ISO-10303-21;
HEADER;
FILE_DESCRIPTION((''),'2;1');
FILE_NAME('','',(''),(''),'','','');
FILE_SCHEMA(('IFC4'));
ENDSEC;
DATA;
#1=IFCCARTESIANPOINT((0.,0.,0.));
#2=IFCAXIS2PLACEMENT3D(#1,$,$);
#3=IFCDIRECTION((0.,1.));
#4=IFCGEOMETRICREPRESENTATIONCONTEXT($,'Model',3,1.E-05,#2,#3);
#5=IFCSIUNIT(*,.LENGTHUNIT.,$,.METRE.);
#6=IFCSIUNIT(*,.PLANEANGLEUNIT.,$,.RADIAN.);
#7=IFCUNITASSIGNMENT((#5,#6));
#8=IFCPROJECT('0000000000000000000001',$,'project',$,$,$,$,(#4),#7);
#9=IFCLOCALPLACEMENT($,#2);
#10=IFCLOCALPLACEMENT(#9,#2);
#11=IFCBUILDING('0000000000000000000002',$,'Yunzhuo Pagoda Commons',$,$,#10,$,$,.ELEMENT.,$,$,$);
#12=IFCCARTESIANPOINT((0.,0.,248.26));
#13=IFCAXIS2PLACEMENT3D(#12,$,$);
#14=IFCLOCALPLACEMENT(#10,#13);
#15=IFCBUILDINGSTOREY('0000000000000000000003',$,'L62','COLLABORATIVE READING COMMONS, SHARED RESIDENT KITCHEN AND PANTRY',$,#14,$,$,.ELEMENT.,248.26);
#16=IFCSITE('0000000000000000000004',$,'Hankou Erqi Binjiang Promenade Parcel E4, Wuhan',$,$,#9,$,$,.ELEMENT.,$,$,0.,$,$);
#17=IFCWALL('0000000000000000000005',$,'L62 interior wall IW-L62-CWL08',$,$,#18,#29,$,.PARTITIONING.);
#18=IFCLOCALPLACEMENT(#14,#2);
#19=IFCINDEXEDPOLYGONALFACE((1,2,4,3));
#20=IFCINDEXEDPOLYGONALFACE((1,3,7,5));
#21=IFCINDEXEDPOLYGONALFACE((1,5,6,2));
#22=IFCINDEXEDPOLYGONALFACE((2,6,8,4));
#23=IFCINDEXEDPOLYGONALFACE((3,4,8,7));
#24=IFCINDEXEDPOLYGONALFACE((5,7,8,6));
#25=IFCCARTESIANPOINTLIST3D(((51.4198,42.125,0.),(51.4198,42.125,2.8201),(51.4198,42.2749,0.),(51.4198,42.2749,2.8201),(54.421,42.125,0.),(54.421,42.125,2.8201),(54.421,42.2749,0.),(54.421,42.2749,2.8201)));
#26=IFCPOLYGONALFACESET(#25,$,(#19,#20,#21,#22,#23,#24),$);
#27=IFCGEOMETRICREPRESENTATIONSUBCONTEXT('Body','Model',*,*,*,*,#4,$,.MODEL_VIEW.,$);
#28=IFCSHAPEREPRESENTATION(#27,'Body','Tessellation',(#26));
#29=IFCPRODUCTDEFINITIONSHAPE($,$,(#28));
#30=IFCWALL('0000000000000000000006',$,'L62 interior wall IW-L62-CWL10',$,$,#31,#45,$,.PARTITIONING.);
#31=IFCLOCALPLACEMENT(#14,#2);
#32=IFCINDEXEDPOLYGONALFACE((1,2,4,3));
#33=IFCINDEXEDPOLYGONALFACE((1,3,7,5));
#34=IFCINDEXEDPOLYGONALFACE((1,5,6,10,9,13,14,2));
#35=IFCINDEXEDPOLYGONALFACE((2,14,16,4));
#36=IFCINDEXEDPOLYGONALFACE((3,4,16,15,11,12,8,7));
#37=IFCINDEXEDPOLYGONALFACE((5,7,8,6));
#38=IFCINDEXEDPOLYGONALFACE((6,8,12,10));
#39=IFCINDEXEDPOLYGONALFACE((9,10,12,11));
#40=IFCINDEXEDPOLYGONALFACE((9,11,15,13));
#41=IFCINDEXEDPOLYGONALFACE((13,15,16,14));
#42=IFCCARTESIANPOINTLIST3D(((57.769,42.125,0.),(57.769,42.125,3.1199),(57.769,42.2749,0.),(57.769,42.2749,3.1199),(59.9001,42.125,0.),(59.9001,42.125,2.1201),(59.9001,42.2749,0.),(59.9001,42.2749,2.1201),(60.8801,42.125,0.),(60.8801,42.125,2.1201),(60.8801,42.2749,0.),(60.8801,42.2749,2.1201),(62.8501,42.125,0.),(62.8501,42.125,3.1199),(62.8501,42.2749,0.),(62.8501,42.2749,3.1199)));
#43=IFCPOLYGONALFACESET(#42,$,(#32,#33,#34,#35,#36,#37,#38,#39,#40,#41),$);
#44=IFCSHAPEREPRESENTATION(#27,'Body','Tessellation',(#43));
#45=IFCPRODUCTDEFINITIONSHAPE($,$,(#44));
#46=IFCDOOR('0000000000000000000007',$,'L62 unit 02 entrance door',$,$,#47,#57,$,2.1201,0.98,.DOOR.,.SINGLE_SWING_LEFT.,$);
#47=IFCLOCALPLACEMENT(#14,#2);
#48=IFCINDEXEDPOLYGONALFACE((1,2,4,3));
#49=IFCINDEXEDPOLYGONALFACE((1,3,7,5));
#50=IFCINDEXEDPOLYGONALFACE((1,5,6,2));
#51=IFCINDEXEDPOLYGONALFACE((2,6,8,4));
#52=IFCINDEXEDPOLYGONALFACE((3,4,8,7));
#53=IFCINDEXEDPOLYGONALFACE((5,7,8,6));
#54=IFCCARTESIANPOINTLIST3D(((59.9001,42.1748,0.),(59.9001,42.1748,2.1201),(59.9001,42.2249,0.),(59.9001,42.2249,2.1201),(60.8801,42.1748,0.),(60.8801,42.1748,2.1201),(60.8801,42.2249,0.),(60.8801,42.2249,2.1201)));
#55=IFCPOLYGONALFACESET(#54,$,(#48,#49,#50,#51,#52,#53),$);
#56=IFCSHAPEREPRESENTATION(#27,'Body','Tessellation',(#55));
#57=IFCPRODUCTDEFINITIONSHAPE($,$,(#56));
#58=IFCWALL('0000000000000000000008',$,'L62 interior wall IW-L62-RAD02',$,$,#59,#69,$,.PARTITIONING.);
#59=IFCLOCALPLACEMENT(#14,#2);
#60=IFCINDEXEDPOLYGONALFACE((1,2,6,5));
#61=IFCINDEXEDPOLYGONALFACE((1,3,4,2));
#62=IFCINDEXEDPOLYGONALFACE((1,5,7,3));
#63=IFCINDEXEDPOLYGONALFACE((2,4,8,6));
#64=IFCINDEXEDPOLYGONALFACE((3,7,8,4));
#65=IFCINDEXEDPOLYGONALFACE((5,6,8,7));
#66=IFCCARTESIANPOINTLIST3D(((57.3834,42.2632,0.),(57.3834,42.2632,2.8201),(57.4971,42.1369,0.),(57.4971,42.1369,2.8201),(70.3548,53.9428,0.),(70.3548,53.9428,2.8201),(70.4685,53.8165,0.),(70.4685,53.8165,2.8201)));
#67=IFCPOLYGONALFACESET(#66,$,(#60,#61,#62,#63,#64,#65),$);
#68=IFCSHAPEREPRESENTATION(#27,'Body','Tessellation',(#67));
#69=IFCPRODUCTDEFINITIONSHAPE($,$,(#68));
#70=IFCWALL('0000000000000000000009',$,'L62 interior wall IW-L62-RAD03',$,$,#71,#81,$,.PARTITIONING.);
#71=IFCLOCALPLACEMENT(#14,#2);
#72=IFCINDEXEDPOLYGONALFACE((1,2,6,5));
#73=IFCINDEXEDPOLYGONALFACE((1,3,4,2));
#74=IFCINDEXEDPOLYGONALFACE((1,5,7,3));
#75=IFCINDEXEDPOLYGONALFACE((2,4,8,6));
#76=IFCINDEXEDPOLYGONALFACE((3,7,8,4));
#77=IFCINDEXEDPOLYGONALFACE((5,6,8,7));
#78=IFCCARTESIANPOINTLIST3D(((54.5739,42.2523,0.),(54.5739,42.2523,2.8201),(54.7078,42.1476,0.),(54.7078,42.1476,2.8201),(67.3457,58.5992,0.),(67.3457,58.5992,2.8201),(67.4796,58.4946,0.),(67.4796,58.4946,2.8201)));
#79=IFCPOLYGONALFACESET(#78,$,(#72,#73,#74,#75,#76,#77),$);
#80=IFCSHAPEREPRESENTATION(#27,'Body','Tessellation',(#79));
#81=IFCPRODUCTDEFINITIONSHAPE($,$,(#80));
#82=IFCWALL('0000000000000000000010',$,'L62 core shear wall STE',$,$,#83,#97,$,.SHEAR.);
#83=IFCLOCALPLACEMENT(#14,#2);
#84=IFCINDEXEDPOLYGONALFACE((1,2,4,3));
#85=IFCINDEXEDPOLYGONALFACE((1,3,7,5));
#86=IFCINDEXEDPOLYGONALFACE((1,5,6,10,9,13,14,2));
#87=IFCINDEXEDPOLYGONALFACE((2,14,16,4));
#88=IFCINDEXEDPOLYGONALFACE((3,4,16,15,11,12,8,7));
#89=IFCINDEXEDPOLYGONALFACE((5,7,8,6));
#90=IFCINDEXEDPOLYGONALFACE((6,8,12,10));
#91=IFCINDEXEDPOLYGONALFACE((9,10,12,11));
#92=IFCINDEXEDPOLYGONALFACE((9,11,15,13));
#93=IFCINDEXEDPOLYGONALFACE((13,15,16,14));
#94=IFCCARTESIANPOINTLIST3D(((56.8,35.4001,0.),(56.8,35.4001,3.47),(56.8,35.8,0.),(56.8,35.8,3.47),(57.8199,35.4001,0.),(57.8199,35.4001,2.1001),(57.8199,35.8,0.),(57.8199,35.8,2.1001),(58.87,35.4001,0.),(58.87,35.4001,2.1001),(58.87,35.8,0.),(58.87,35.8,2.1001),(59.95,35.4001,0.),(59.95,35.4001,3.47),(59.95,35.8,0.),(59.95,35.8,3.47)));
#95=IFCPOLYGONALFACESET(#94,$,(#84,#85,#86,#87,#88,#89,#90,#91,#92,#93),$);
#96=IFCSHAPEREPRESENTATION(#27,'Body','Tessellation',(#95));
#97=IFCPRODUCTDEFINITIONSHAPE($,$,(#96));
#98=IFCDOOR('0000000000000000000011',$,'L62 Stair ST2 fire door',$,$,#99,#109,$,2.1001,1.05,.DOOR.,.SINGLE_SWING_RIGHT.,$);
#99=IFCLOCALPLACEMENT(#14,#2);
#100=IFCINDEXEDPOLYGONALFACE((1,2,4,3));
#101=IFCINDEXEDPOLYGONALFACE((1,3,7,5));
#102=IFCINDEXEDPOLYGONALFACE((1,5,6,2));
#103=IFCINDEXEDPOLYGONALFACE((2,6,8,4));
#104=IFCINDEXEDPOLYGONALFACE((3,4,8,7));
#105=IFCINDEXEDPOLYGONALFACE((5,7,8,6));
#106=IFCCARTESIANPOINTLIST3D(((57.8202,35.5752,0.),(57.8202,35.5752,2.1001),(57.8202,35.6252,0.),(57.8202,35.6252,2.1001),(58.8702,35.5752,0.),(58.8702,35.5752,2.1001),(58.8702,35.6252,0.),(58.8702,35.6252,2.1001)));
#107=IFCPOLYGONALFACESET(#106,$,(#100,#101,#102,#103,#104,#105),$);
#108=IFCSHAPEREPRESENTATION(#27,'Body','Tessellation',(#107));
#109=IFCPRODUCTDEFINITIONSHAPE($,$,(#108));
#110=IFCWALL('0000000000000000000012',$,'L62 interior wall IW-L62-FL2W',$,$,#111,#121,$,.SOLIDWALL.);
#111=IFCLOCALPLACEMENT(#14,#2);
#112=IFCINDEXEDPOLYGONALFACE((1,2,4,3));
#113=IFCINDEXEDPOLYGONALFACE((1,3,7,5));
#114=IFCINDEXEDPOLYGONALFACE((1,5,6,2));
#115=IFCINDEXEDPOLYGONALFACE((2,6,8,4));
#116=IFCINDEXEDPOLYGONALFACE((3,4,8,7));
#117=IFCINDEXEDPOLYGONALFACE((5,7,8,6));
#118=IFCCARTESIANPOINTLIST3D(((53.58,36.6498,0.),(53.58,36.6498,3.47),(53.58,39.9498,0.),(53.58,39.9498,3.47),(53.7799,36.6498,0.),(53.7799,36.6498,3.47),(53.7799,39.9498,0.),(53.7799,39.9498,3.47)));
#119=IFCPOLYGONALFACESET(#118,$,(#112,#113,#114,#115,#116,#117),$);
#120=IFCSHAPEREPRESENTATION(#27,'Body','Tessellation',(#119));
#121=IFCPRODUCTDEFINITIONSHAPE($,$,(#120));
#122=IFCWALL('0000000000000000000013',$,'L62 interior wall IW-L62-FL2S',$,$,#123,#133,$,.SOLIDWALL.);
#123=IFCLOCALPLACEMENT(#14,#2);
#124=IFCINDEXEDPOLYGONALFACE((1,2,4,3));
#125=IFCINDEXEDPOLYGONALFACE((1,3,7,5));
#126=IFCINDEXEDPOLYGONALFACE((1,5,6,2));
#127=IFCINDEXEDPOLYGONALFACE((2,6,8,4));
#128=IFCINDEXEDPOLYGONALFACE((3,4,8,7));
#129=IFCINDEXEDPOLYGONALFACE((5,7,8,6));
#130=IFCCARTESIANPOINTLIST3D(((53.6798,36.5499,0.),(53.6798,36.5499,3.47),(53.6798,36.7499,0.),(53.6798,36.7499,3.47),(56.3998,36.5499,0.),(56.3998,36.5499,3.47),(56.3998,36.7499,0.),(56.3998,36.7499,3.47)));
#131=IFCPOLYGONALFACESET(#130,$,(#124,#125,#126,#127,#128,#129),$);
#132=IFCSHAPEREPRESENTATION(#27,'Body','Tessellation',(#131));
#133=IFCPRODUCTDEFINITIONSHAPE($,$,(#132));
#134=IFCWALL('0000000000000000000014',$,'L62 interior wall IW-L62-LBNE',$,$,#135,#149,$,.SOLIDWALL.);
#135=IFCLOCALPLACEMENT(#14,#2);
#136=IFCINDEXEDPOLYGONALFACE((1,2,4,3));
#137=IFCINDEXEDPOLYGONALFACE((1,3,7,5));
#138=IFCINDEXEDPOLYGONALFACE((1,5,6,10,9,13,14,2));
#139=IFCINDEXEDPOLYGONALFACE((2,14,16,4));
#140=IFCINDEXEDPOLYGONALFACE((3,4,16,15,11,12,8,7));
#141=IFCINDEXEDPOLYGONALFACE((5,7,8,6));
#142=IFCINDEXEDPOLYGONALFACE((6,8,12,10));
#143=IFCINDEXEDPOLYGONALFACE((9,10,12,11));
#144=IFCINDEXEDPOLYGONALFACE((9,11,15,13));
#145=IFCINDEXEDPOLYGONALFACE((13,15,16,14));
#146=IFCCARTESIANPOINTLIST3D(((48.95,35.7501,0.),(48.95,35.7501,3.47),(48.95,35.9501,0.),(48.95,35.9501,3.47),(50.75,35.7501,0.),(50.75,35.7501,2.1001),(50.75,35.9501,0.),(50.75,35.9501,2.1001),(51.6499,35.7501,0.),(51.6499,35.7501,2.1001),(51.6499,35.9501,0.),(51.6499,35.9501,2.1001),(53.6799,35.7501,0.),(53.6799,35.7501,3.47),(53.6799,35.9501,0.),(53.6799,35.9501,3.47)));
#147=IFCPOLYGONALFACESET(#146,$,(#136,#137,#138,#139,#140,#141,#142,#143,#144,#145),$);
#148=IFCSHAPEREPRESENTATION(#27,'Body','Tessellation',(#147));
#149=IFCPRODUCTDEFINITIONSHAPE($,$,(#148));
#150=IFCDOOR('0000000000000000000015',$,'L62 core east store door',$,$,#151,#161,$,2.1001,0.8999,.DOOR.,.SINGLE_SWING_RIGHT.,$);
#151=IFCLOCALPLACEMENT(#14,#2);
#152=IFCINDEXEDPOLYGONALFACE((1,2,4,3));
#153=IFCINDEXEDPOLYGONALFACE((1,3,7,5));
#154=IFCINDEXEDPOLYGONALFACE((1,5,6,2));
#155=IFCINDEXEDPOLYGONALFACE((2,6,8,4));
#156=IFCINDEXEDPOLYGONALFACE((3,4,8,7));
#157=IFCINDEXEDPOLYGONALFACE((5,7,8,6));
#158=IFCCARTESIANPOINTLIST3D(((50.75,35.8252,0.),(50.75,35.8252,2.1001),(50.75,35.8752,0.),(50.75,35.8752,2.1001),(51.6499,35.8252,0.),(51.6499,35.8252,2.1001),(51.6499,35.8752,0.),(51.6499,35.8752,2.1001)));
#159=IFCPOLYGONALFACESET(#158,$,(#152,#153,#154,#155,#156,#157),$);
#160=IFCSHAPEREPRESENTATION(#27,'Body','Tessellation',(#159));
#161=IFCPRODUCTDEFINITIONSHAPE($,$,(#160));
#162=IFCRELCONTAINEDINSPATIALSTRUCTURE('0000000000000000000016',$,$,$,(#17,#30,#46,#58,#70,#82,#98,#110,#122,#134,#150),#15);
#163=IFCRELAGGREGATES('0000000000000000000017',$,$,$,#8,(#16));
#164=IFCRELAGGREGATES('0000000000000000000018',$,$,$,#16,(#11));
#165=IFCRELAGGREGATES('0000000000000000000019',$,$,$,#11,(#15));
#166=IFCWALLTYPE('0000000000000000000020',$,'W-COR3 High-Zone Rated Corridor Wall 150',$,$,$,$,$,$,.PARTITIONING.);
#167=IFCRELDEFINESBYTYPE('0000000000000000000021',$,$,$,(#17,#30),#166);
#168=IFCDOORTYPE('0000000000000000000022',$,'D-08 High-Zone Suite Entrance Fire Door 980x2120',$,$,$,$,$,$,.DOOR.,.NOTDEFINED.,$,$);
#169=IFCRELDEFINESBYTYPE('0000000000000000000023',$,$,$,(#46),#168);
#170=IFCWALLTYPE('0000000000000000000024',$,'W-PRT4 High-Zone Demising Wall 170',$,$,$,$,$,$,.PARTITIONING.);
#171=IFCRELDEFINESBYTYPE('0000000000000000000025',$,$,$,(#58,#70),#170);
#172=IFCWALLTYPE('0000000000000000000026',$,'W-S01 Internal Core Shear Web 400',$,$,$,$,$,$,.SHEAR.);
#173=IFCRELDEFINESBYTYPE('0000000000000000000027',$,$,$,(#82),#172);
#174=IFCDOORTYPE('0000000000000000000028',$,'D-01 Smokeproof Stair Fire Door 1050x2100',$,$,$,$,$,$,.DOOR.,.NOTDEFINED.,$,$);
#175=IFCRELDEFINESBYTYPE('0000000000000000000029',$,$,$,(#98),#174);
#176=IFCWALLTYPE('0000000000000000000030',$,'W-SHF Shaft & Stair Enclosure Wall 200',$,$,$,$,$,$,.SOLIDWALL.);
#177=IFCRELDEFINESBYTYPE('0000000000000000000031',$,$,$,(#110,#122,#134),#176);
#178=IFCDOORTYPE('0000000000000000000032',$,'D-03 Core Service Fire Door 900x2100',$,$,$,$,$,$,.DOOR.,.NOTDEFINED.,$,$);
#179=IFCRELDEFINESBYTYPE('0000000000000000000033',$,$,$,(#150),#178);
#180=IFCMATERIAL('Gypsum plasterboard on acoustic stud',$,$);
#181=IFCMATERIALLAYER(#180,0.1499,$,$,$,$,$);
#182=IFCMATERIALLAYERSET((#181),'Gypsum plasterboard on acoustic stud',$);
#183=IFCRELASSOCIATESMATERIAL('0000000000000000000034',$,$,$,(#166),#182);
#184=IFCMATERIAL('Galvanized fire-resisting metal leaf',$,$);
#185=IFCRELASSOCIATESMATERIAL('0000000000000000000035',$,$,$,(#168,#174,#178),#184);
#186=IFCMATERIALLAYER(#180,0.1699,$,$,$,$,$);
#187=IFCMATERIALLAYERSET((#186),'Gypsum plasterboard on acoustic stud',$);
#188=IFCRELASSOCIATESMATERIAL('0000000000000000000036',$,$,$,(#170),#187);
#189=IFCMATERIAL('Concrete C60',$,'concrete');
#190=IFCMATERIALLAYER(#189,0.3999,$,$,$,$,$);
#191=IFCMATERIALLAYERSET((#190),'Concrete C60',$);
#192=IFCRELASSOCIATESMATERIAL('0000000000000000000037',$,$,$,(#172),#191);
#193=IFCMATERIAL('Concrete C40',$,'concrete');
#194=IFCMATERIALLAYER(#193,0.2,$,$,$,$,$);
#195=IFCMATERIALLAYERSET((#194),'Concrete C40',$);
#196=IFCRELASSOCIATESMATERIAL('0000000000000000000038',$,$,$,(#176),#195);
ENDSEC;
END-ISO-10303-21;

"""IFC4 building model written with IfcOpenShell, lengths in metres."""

from ifc_helpers import new_model, si_unit, direction, frame, frame_2d, origin, origin_with_axes, place, context, subcontext, project, spatial, rectangle, extrude, source, transform, mapped, material, layer, layer_set, type_object, element, fill, save


model = new_model("IFC4")

# Units and contexts
model_context = context("Model", 3, precision=1e-05, world=origin(), true_north=direction((0.0, 1.0)))
body_context = subcontext(model_context, "Body", "Model", "MODEL_VIEW")
ifc_project = project(units=[si_unit("LENGTHUNIT", "METRE"), si_unit("PLANEANGLEUNIT", "RADIAN")], contexts=[model_context])

# Site, building, storey
site_placement = place(None, origin())
site = spatial("IfcSite", under=ifc_project, at=site_placement, Name="Hankou Erqi Binjiang Promenade Parcel E4, Wuhan", CompositionType="ELEMENT", RefElevation=0.0)
building_placement = place(site_placement, origin())
building = spatial("IfcBuilding", under=site, at=building_placement, Name="Yunzhuo Pagoda Commons", CompositionType="ELEMENT")
storey_placement = place(building_placement, frame((0.0, 0.0, 248.26)))
storey = spatial("IfcBuildingStorey", under=building, at=storey_placement, Name="L62", Description="COLLABORATIVE READING COMMONS, SHARED RESIDENT KITCHEN AND PANTRY", CompositionType="ELEMENT", Elevation=248.26)

# Shared definitions
ifc_material_1 = material(Name="Galvanized fire-resisting metal leaf")
shared_shape_1 = source(origin(), body_context, "Body", "SweptSolid", [
    extrude(rectangle(XDim=1.05, YDim=2.1001, at=frame_2d((0.5249, 1.05))), frame((0.0, 0.0249, 0.0), z_axis=(0.0, -1.0, 0.0), x_axis=(1.0, 0.0, 0.0)), (0.0, 0.0, 1.0), 0.05),
])

# Wall
ifc_material_2 = material(Name="Gypsum plasterboard on acoustic stud")
ifc_layer_1 = layer(ifc_material_2, 0.1499)
ifc_layer_set_1 = layer_set([ifc_layer_1], Name="Gypsum plasterboard on acoustic stud")
wall_type_1 = type_object("IfcWallType", Name="W-COR3 High-Zone Rated Corridor Wall 150", PredefinedType="PARTITIONING", material=ifc_layer_set_1)
wall_1_placement = place(storey_placement, frame((51.4199, 42.2, 0.0), z_axis=(0.0, 0.0, 1.0), x_axis=(1.0, 0.0, 0.0)))
element("IfcWall", 1, at=wall_1_placement, inside=storey, type_object=wall_type_1, Name="L62 interior wall IW-L62-CWL08", PredefinedType="PARTITIONING", context=body_context, shape_type="SweptSolid", body=[
    extrude(rectangle(XDim=3.0012, YDim=0.1499, at=frame_2d((1.5005, 0.0))), origin(), (0.0, 0.0, 1.0), 2.8201),
])

# Wall, opening, door
door_type_1 = type_object("IfcDoorType", Name="D-08 High-Zone Suite Entrance Fire Door 980x2120", OperationType="NOTDEFINED", PredefinedType="DOOR", material=ifc_material_1)
shared_shape_2 = source(origin(), body_context, "Body", "SweptSolid", [
    extrude(rectangle(XDim=0.98, YDim=2.1201, at=frame_2d((0.49, 1.0601))), frame((0.0, 0.0249, 0.0), z_axis=(0.0, -1.0, 0.0), x_axis=(1.0, 0.0, 0.0)), (0.0, 0.0, 1.0), 0.05),
])
wall_2_placement = place(storey_placement, frame((57.769, 42.2, 0.0), z_axis=(0.0, 0.0, 1.0), x_axis=(1.0, 0.0, 0.0)))
wall_2 = element("IfcWall", 2, at=wall_2_placement, inside=storey, type_object=wall_type_1, Name="L62 interior wall IW-L62-CWL10", PredefinedType="PARTITIONING", context=body_context, shape_type="SweptSolid", body=[
    extrude(rectangle(XDim=5.0811, YDim=0.1499, at=frame_2d((2.5405, 0.0))), origin(), (0.0, 0.0, 1.0), 3.1199),
])
opening_1_placement = place(wall_2_placement, frame((2.1311, 0.0, 0.0)))
opening_1 = element("IfcOpeningElement", 3, at=opening_1_placement, cuts=wall_2, PredefinedType="OPENING", context=body_context, shape_type="SweptSolid", body=[
    extrude(rectangle(XDim=0.98, YDim=2.1201, at=frame_2d((0.49, 1.0601))), frame((0.0, 0.085, 0.0), z_axis=(0.0, -1.0, 0.0), x_axis=(1.0, 0.0, 0.0)), (0.0, 0.0, 1.0), 0.1699),
])
door_1_placement = place(opening_1_placement, origin_with_axes())
door_1 = element("IfcDoor", 4, at=door_1_placement, inside=storey, type_object=door_type_1, Name="L62 unit 02 entrance door", OperationType="SINGLE_SWING_LEFT", OverallHeight=2.1201, OverallWidth=0.98, PredefinedType="DOOR", context=body_context, shape_type="MappedRepresentation", body=[
    mapped(shared_shape_2, transform((0.0, 0.0, 0.0), scale=1.0)),
])
fill(opening_1, door_1)

# Walls
ifc_layer_2 = layer(ifc_material_2, 0.1699)
ifc_layer_set_2 = layer_set([ifc_layer_2], Name="Gypsum plasterboard on acoustic stud")
wall_type_2 = type_object("IfcWallType", Name="W-PRT4 High-Zone Demising Wall 170", PredefinedType="PARTITIONING", material=ifc_layer_set_2)
wall_3_placement = place(storey_placement, frame((57.4402, 42.2, 0.0), z_axis=(0.0, 0.0, 1.0), x_axis=(0.74314, 0.669135, 0.0)))
element("IfcWall", 5, at=wall_3_placement, inside=storey, type_object=wall_type_2, Name="L62 interior wall IW-L62-RAD02", PredefinedType="PARTITIONING", context=body_context, shape_type="SweptSolid", body=[
    extrude(rectangle(XDim=17.4548, YDim=0.1699, at=frame_2d((8.7275, 0.0))), origin(), (0.0, 0.0, 1.0), 2.8201),
])
wall_4_placement = place(storey_placement, frame((54.6409, 42.2, 0.0), z_axis=(0.0, 0.0, 1.0), x_axis=(0.615665, 0.788008, 0.0)))
element("IfcWall", 6, at=wall_4_placement, inside=storey, type_object=wall_type_2, Name="L62 interior wall IW-L62-RAD03", PredefinedType="PARTITIONING", context=body_context, shape_type="SweptSolid", body=[
    extrude(rectangle(XDim=20.7446, YDim=0.1699, at=frame_2d((10.3723, 0.0))), origin(), (0.0, 0.0, 1.0), 2.8201),
])

# Wall, opening, door
ifc_material_3 = material(Name="Concrete C60", Category="concrete")
ifc_layer_3 = layer(ifc_material_3, 0.3999)
ifc_layer_set_3 = layer_set([ifc_layer_3], Name="Concrete C60")
wall_type_3 = type_object("IfcWallType", Name="W-S01 Internal Core Shear Web 400", PredefinedType="SHEAR", material=ifc_layer_set_3)
wall_5_placement = place(storey_placement, frame((56.8, 35.6001, 0.0), z_axis=(0.0, 0.0, 1.0), x_axis=(1.0, 0.0, 0.0)))
wall_5 = element("IfcWall", 7, at=wall_5_placement, inside=storey, type_object=wall_type_3, Name="L62 core shear wall STE", PredefinedType="SHEAR", context=body_context, shape_type="SweptSolid", body=[
    extrude(rectangle(XDim=3.1499, YDim=0.3999, at=frame_2d((1.575, 0.0))), origin(), (0.0, 0.0, 1.0), 3.47),
])
opening_2_placement = place(wall_5_placement, frame((1.02, 0.0, 0.0)))
opening_2 = element("IfcOpeningElement", 8, at=opening_2_placement, cuts=wall_5, PredefinedType="OPENING", context=body_context, shape_type="SweptSolid", body=[
    extrude(rectangle(XDim=1.05, YDim=2.1001, at=frame_2d((0.5249, 1.05))), frame((0.0, 0.21, 0.0), z_axis=(0.0, -1.0, 0.0), x_axis=(1.0, 0.0, 0.0)), (0.0, 0.0, 1.0), 0.4199),
])
door_type_2 = type_object("IfcDoorType", Name="D-01 Smokeproof Stair Fire Door 1050x2100", OperationType="NOTDEFINED", PredefinedType="DOOR", material=ifc_material_1)
door_2_placement = place(opening_2_placement, frame((1.05, 0.0, 0.0), z_axis=(0.0, 0.0, 1.0), x_axis=(-1.0, 0.0, 0.0)))
door_2 = element("IfcDoor", 9, at=door_2_placement, inside=storey, type_object=door_type_2, Name="L62 Stair ST2 fire door", OperationType="SINGLE_SWING_RIGHT", OverallHeight=2.1001, OverallWidth=1.05, PredefinedType="DOOR", context=body_context, shape_type="MappedRepresentation", body=[
    mapped(shared_shape_1, transform((0.0, 0.0, 0.0), scale=1.0)),
])
fill(opening_2, door_2)

# Walls
ifc_material_4 = material(Name="Concrete C40", Category="concrete")
ifc_layer_4 = layer(ifc_material_4, 0.2)
ifc_layer_set_4 = layer_set([ifc_layer_4], Name="Concrete C40")
wall_type_4 = type_object("IfcWallType", Name="W-SHF Shaft & Stair Enclosure Wall 200", PredefinedType="SOLIDWALL", material=ifc_layer_set_4)
wall_6_placement = place(storey_placement, frame((53.6799, 36.6499, 0.0), z_axis=(0.0, 0.0, 1.0), x_axis=(0.0, 1.0, 0.0)))
element("IfcWall", 10, at=wall_6_placement, inside=storey, type_object=wall_type_4, Name="L62 interior wall IW-L62-FL2W", PredefinedType="SOLIDWALL", context=body_context, shape_type="SweptSolid", body=[
    extrude(rectangle(XDim=3.3, YDim=0.2, at=frame_2d((1.6499, 0.0))), origin(), (0.0, 0.0, 1.0), 3.47),
])
wall_7_placement = place(storey_placement, frame((53.6799, 36.6499, 0.0), z_axis=(0.0, 0.0, 1.0), x_axis=(1.0, 0.0, 0.0)))
element("IfcWall", 11, at=wall_7_placement, inside=storey, type_object=wall_type_4, Name="L62 interior wall IW-L62-FL2S", PredefinedType="SOLIDWALL", context=body_context, shape_type="SweptSolid", body=[
    extrude(rectangle(XDim=2.72, YDim=0.2, at=frame_2d((1.3599, 0.0))), origin(), (0.0, 0.0, 1.0), 3.47),
])

# Wall, opening, door
wall_8_placement = place(storey_placement, frame((48.95, 35.8501, 0.0), z_axis=(0.0, 0.0, 1.0), x_axis=(1.0, 0.0, 0.0)))
wall_8 = element("IfcWall", 12, at=wall_8_placement, inside=storey, type_object=wall_type_4, Name="L62 interior wall IW-L62-LBNE", PredefinedType="SOLIDWALL", context=body_context, shape_type="SweptSolid", body=[
    extrude(rectangle(XDim=4.73, YDim=0.2, at=frame_2d((2.365, 0.0))), origin(), (0.0, 0.0, 1.0), 3.47),
])
opening_3_placement = place(wall_8_placement, frame((1.8, 0.0, 0.0)))
opening_3 = element("IfcOpeningElement", 13, at=opening_3_placement, cuts=wall_8, PredefinedType="OPENING", context=body_context, shape_type="SweptSolid", body=[
    extrude(rectangle(XDim=0.8999, YDim=2.1001, at=frame_2d((0.45, 1.05))), frame((0.0, 0.1099, 0.0), z_axis=(0.0, -1.0, 0.0), x_axis=(1.0, 0.0, 0.0)), (0.0, 0.0, 1.0), 0.22),
])
door_type_3 = type_object("IfcDoorType", Name="D-03 Core Service Fire Door 900x2100", OperationType="NOTDEFINED", PredefinedType="DOOR", material=ifc_material_1)
shared_shape_3 = source(origin(), body_context, "Body", "SweptSolid", [
    extrude(rectangle(XDim=0.8999, YDim=2.1001, at=frame_2d((0.45, 1.05))), frame((0.0, 0.0249, 0.0), z_axis=(0.0, -1.0, 0.0), x_axis=(1.0, 0.0, 0.0)), (0.0, 0.0, 1.0), 0.05),
])
door_3_placement = place(opening_3_placement, frame((0.8999, 0.0, 0.0), z_axis=(0.0, 0.0, 1.0), x_axis=(-1.0, 0.0, 0.0)))
door_3 = element("IfcDoor", 14, at=door_3_placement, inside=storey, type_object=door_type_3, Name="L62 core east store door", OperationType="SINGLE_SWING_RIGHT", OverallHeight=2.1001, OverallWidth=0.8999, PredefinedType="DOOR", context=body_context, shape_type="MappedRepresentation", body=[
    mapped(shared_shape_3, transform((0.0, 0.0, 0.0), scale=1.0)),
])
fill(opening_3, door_3)

save(model, "model.ifc")
